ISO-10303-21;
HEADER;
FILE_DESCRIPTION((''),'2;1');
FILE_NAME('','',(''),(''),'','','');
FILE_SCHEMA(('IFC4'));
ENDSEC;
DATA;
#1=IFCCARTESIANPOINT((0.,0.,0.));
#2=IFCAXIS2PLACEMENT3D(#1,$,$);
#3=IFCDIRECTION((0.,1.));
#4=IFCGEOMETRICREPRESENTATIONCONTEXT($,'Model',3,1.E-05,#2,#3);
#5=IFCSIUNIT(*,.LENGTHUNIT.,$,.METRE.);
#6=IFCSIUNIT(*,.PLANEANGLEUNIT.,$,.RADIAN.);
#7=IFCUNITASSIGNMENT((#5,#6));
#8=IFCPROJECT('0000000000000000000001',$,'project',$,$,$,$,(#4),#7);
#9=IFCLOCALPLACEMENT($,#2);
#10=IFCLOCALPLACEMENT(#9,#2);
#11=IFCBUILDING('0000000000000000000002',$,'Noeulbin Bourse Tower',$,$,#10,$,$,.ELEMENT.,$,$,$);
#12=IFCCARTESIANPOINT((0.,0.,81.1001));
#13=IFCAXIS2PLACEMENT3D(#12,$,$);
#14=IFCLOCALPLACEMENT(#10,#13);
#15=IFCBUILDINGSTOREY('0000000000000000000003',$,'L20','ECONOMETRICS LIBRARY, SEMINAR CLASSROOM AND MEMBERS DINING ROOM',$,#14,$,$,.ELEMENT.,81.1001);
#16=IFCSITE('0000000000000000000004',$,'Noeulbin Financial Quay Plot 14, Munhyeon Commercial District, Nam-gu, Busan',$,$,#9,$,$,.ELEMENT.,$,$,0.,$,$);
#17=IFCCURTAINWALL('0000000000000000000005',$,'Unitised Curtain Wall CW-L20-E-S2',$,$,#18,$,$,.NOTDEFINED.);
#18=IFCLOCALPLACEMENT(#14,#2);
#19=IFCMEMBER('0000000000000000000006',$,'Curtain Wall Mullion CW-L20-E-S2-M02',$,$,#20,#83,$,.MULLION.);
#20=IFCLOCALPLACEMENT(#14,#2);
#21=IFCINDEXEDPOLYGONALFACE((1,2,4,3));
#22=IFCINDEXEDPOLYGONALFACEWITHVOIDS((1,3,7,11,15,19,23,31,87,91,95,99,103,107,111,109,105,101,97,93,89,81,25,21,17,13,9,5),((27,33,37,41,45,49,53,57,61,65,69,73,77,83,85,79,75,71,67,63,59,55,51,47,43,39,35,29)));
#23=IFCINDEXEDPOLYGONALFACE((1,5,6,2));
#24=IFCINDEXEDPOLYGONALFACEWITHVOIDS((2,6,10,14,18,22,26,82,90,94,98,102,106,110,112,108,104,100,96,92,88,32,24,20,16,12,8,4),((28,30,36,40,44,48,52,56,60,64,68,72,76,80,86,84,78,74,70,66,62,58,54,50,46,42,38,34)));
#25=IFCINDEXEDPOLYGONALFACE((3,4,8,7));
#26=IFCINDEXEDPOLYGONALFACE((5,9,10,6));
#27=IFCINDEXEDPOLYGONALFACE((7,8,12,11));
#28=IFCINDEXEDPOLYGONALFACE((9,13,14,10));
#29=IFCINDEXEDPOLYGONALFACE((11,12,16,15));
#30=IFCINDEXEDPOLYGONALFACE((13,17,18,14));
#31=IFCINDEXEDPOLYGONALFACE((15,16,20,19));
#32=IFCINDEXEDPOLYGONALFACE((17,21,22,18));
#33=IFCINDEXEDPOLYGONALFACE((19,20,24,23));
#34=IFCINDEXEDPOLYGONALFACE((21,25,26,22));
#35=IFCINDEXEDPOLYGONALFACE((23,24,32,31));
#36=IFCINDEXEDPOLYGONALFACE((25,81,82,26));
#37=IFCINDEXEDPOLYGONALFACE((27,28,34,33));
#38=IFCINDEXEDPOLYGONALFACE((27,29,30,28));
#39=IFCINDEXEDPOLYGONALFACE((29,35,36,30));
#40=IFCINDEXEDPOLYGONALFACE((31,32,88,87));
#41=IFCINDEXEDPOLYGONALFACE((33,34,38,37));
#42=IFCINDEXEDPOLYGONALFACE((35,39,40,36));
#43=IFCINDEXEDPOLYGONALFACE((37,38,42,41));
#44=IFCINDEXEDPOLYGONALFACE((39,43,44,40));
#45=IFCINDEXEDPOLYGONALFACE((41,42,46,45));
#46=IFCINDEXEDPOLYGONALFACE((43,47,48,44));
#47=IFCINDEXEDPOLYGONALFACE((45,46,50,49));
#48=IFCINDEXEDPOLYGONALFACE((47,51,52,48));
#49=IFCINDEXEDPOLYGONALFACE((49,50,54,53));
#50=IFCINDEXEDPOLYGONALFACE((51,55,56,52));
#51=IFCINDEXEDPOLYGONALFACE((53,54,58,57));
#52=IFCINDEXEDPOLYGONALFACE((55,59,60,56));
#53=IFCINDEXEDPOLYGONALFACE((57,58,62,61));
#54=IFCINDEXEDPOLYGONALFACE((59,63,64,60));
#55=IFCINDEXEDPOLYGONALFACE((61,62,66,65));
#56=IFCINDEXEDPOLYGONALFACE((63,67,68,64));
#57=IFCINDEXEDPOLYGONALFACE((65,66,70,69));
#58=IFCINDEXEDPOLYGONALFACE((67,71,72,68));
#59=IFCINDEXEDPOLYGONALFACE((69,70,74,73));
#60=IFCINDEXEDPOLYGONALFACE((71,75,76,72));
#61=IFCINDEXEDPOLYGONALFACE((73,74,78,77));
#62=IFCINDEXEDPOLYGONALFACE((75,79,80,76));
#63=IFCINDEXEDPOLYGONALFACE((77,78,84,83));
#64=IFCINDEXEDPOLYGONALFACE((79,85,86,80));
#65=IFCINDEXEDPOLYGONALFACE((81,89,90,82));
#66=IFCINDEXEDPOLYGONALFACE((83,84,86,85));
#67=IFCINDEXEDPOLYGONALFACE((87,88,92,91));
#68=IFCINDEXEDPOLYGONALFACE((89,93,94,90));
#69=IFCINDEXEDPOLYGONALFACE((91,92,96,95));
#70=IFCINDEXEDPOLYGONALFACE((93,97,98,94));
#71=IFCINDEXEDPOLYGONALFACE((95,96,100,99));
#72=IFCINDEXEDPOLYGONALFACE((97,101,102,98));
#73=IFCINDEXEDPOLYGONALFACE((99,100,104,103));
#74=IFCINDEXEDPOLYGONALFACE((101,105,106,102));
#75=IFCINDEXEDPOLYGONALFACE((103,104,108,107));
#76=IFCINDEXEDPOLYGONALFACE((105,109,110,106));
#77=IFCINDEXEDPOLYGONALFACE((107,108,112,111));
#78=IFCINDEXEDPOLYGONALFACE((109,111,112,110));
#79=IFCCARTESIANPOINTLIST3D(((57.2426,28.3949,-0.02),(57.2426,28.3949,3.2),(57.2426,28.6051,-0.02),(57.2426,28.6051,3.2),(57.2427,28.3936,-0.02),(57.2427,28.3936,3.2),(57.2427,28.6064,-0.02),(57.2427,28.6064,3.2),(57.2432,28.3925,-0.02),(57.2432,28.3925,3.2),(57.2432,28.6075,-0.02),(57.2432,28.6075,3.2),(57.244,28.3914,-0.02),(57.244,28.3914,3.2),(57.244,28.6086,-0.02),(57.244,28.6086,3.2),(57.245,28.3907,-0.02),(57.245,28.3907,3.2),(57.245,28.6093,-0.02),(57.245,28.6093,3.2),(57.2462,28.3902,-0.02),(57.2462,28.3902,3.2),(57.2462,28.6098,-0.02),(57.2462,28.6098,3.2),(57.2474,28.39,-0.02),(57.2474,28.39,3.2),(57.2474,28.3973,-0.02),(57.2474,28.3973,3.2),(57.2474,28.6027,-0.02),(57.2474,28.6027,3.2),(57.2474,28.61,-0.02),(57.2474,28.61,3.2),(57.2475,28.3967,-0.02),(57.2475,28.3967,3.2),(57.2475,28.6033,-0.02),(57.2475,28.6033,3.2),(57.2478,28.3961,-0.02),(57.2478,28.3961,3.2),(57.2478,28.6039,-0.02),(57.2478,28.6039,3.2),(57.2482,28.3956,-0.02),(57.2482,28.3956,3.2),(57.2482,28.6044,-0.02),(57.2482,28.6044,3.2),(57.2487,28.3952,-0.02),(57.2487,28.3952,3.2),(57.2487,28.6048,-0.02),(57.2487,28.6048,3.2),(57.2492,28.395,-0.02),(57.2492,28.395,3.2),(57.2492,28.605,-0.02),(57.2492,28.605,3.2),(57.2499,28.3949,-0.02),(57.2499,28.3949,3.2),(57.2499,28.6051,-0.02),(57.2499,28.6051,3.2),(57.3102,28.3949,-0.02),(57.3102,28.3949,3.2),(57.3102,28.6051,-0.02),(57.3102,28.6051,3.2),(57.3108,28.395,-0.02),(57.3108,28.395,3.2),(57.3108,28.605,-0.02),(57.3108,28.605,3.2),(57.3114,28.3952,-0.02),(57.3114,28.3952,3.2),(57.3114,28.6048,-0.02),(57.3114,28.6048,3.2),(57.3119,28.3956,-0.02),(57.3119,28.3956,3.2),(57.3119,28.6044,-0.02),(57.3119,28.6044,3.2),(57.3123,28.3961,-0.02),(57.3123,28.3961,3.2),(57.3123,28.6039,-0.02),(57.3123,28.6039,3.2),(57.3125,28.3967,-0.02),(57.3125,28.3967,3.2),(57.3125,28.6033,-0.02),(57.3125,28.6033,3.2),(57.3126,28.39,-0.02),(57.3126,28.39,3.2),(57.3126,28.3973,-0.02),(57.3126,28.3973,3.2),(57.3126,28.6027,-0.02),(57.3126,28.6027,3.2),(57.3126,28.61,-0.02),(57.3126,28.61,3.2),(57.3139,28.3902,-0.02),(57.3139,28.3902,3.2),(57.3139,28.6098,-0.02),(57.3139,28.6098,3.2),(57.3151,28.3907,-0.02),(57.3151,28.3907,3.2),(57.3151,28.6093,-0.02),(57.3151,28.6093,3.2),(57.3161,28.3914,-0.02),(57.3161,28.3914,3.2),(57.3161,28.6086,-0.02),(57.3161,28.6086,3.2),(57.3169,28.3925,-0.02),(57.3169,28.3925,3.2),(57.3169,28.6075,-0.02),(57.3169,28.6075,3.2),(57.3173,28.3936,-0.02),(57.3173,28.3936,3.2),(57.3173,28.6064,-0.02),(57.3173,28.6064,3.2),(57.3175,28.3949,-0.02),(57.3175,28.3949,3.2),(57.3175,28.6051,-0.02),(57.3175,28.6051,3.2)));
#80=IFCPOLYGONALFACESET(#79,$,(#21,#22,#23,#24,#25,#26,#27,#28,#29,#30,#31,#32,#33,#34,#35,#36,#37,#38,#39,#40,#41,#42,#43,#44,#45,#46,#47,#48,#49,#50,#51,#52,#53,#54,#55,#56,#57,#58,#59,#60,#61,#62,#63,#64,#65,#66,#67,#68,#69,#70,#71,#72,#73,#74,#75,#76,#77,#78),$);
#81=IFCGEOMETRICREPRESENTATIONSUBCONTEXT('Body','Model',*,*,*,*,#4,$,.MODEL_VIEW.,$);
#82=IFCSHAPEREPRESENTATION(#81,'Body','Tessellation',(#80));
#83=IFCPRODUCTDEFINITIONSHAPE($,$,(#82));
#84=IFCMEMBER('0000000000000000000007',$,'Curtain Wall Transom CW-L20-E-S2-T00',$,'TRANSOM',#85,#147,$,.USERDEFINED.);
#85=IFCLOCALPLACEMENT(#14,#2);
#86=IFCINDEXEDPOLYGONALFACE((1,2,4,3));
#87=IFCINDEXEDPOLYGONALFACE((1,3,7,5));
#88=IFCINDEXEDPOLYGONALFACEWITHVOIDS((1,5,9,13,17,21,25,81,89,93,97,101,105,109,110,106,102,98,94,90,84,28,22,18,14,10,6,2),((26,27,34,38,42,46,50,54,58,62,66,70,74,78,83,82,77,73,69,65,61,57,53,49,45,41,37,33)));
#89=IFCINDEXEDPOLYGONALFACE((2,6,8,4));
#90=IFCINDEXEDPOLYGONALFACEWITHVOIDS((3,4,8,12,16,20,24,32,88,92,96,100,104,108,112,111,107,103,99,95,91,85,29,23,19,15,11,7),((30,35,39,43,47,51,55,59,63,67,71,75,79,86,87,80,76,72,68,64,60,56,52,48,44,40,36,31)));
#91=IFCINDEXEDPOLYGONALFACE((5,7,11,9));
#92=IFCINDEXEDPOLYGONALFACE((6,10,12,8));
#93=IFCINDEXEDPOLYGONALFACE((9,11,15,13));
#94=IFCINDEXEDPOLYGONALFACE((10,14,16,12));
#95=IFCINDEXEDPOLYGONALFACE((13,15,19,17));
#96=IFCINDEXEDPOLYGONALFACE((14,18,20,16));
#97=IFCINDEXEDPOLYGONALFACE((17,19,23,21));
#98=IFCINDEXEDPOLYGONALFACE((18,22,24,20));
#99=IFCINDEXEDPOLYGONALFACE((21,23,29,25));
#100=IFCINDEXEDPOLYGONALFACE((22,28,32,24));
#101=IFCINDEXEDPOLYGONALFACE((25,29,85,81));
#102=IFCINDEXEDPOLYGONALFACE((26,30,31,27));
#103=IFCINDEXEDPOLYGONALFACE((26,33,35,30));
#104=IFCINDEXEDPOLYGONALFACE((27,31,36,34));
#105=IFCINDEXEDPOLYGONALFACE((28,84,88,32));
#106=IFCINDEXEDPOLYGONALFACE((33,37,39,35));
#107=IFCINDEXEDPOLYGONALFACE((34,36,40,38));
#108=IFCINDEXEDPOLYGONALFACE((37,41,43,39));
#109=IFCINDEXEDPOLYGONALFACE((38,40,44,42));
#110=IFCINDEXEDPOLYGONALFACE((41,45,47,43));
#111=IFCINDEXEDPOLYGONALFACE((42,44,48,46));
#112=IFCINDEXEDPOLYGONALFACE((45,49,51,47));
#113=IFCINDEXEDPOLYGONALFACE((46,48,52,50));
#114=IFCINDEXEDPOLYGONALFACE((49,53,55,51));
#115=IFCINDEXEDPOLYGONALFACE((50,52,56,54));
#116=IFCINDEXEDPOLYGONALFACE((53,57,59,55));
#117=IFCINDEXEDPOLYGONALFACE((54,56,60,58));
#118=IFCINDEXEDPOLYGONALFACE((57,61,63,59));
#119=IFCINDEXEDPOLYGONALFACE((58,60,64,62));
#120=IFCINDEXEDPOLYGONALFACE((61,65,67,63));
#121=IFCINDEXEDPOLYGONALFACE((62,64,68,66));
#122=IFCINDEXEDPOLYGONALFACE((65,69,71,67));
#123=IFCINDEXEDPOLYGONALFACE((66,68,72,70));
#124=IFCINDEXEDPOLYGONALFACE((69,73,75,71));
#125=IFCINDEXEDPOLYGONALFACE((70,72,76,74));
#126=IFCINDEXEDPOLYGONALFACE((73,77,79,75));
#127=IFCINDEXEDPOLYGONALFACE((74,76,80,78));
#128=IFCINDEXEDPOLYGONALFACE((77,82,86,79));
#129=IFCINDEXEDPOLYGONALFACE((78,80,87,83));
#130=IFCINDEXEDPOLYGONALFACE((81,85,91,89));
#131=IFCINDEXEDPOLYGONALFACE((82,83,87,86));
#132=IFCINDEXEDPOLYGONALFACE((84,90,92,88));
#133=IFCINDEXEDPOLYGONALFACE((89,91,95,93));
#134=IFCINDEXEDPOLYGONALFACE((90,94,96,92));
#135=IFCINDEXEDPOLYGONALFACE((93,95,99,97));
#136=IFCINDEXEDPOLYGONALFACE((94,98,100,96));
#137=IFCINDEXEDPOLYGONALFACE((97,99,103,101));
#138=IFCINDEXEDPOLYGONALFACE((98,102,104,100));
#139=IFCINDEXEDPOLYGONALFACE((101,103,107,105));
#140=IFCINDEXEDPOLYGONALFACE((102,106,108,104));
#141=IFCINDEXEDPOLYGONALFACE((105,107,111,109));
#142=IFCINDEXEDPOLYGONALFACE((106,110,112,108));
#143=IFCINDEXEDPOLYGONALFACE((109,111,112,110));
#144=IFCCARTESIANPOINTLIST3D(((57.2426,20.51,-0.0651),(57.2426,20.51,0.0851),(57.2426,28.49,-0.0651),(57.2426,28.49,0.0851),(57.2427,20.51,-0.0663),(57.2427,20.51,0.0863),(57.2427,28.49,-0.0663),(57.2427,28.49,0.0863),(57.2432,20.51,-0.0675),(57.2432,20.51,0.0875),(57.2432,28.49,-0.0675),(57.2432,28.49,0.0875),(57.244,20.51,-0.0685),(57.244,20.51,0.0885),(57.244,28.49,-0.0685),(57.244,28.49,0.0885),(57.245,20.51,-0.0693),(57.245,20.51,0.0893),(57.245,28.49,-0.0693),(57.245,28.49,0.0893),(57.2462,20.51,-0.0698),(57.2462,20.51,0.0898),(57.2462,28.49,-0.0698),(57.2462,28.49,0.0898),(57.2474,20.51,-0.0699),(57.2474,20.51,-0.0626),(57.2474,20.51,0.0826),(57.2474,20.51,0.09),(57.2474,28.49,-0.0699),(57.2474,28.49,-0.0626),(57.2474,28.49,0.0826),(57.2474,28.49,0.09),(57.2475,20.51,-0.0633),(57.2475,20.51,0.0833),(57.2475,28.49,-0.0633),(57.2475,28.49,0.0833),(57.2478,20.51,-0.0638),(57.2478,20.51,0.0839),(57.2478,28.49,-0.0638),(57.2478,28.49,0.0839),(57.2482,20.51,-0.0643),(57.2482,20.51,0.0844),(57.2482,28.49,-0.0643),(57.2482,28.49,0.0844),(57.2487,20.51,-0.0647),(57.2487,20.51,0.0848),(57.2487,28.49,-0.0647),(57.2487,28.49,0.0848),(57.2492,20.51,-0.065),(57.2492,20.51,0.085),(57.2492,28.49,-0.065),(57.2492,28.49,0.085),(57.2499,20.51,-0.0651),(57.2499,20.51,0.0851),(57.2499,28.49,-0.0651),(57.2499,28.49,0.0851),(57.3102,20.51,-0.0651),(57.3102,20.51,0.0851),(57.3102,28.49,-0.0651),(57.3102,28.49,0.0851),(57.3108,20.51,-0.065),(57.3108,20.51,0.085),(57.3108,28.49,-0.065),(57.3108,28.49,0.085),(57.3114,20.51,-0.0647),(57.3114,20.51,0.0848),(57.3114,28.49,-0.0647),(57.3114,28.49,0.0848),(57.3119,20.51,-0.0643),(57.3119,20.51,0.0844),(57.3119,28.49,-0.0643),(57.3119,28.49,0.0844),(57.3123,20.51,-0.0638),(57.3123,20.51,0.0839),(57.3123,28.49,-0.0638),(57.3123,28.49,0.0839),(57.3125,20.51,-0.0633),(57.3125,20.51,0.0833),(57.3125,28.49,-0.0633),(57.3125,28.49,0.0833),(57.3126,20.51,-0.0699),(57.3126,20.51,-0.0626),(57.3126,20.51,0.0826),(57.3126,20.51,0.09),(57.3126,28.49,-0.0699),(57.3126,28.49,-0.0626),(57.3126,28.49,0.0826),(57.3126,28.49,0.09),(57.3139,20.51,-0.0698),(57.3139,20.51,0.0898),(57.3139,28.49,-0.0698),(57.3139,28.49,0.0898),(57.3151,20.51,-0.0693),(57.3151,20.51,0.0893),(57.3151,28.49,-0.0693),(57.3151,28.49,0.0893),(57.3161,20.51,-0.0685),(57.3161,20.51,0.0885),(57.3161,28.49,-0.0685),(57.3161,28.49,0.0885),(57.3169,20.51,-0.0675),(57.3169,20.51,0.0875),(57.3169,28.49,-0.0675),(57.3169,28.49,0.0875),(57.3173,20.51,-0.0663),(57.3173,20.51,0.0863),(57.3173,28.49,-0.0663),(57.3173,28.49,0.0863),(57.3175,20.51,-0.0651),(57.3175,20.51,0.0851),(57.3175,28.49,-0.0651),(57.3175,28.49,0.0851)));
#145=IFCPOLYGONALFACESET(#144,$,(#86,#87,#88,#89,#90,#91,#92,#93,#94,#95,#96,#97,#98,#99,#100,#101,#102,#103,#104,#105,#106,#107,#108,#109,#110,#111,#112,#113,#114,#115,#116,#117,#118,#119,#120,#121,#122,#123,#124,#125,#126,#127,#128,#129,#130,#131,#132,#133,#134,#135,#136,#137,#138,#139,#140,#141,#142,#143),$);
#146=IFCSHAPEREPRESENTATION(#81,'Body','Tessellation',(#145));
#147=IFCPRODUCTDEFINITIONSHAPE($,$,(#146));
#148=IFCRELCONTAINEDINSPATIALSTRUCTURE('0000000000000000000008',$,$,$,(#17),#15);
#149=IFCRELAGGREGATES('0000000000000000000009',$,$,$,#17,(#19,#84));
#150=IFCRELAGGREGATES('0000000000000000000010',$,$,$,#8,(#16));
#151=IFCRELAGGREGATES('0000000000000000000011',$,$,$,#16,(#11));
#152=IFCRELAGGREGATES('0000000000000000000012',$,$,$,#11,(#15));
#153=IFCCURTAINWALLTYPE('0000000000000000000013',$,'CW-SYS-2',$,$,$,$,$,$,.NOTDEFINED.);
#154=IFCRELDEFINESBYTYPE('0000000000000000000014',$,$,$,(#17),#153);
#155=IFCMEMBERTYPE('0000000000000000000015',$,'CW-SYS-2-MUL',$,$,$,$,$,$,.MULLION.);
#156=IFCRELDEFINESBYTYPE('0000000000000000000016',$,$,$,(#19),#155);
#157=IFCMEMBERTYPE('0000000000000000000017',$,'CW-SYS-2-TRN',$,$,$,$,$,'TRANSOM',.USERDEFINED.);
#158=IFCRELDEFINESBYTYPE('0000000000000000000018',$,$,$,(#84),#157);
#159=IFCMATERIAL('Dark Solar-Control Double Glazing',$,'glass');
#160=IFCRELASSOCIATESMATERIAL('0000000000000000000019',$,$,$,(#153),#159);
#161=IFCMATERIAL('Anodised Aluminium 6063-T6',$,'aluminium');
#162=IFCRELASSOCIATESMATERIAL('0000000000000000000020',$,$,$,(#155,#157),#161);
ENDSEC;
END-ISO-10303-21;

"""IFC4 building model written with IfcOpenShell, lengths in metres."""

from ifc_helpers import new_model, si_unit, direction, frame, origin, origin_2d, place, context, subcontext, project, spatial, hollow_rectangle, extrude, material, material_profile, profile_set, type_object, element, aggregate, save


model = new_model("IFC4")

# Units and contexts
model_context = context("Model", 3, precision=1e-05, world=origin(), true_north=direction((0.0, 1.0)))
body_context = subcontext(model_context, "Body", "Model", "MODEL_VIEW")
ifc_project = project(units=[si_unit("LENGTHUNIT", "METRE"), si_unit("PLANEANGLEUNIT", "RADIAN")], contexts=[model_context])

# Site, building, storey
site_placement = place(None, origin())
site = spatial("IfcSite", under=ifc_project, at=site_placement, Name="Noeulbin Financial Quay Plot 14, Munhyeon Commercial District, Nam-gu, Busan", CompositionType="ELEMENT", RefElevation=0.0)
building_placement = place(site_placement, origin())
building = spatial("IfcBuilding", under=site, at=building_placement, Name="Noeulbin Bourse Tower", CompositionType="ELEMENT")
storey_placement = place(building_placement, frame((0.0, 0.0, 81.1001)))
storey = spatial("IfcBuildingStorey", under=building, at=storey_placement, Name="L20", Description="ECONOMETRICS LIBRARY, SEMINAR CLASSROOM AND MEMBERS DINING ROOM", CompositionType="ELEMENT", Elevation=81.1001)

# Shared definitions
ifc_material_1 = material(Name="Dark Solar-Control Double Glazing", Category="glass")
curtain_wall_type = type_object("IfcCurtainWallType", Name="CW-SYS-2", PredefinedType="NOTDEFINED", material=ifc_material_1)
ifc_material_2 = material(Name="Anodised Aluminium 6063-T6", Category="aluminium")
ifc_material_profile_1 = material_profile(ifc_material_2, hollow_rectangle(XDim=0.075, YDim=0.22, WallThickness=0.0049, InnerFilletRadius=0.0024, OuterFilletRadius=0.0049, at=origin_2d()), Name="ALU-MULL-75x220x5", Category="LoadBearing")
ifc_profile_set_1 = profile_set([ifc_material_profile_1], Name="Anodised Aluminium 6063-T6")
member_type_1 = type_object("IfcMemberType", Name="CW-SYS-2-MUL", PredefinedType="MULLION", material=ifc_profile_set_1)

# Curtain wall, members
curtain_wall_1_placement = place(storey_placement, origin())
curtain_wall_1 = element("IfcCurtainWall", 1, at=curtain_wall_1_placement, inside=storey, type_object=curtain_wall_type, Name="Unitised Curtain Wall CW-L20-E-S2", PredefinedType="NOTDEFINED")
member_1_placement = place(storey_placement, frame((57.28, 28.5, -0.02), z_axis=(0.0, 0.0, 1.0), x_axis=(1.0, 0.0, 0.0)))
member_1 = element("IfcMember", 2, at=member_1_placement, type_object=member_type_1, Name="Curtain Wall Mullion CW-L20-E-S2-M02", PredefinedType="MULLION", context=body_context, shape_type="SweptSolid", body=[
    extrude(hollow_rectangle(XDim=0.075, YDim=0.22, WallThickness=0.0049, InnerFilletRadius=0.0024, OuterFilletRadius=0.0049, at=origin_2d()), origin(), (0.0, 0.0, 1.0), 3.22),
])
ifc_material_profile_2 = material_profile(ifc_material_2, hollow_rectangle(XDim=0.075, YDim=0.1599, WallThickness=0.0049, InnerFilletRadius=0.0024, OuterFilletRadius=0.0049, at=origin_2d()), Name="ALU-TRAN-75x160x5", Category="LoadBearing")
ifc_profile_set_2 = profile_set([ifc_material_profile_2], Name="Anodised Aluminium 6063-T6")
member_type_2 = type_object("IfcMemberType", Name="CW-SYS-2-TRN", ElementType="TRANSOM", PredefinedType="USERDEFINED", material=ifc_profile_set_2)
member_2_placement = place(storey_placement, frame((57.28, 20.51, 0.01), z_axis=(0.0, 1.0, 0.0), x_axis=(-1.0, 0.0, 0.0)))
member_2 = element("IfcMember", 3, at=member_2_placement, type_object=member_type_2, Name="Curtain Wall Transom CW-L20-E-S2-T00", ObjectType="TRANSOM", PredefinedType="USERDEFINED", context=body_context, shape_type="SweptSolid", body=[
    extrude(hollow_rectangle(XDim=0.075, YDim=0.1599, WallThickness=0.0049, InnerFilletRadius=0.0024, OuterFilletRadius=0.0049, at=origin_2d()), origin(), (0.0, 0.0, 1.0), 7.98),
])

aggregate(curtain_wall_1, [member_1, member_2])

save(model, "model.ifc")
